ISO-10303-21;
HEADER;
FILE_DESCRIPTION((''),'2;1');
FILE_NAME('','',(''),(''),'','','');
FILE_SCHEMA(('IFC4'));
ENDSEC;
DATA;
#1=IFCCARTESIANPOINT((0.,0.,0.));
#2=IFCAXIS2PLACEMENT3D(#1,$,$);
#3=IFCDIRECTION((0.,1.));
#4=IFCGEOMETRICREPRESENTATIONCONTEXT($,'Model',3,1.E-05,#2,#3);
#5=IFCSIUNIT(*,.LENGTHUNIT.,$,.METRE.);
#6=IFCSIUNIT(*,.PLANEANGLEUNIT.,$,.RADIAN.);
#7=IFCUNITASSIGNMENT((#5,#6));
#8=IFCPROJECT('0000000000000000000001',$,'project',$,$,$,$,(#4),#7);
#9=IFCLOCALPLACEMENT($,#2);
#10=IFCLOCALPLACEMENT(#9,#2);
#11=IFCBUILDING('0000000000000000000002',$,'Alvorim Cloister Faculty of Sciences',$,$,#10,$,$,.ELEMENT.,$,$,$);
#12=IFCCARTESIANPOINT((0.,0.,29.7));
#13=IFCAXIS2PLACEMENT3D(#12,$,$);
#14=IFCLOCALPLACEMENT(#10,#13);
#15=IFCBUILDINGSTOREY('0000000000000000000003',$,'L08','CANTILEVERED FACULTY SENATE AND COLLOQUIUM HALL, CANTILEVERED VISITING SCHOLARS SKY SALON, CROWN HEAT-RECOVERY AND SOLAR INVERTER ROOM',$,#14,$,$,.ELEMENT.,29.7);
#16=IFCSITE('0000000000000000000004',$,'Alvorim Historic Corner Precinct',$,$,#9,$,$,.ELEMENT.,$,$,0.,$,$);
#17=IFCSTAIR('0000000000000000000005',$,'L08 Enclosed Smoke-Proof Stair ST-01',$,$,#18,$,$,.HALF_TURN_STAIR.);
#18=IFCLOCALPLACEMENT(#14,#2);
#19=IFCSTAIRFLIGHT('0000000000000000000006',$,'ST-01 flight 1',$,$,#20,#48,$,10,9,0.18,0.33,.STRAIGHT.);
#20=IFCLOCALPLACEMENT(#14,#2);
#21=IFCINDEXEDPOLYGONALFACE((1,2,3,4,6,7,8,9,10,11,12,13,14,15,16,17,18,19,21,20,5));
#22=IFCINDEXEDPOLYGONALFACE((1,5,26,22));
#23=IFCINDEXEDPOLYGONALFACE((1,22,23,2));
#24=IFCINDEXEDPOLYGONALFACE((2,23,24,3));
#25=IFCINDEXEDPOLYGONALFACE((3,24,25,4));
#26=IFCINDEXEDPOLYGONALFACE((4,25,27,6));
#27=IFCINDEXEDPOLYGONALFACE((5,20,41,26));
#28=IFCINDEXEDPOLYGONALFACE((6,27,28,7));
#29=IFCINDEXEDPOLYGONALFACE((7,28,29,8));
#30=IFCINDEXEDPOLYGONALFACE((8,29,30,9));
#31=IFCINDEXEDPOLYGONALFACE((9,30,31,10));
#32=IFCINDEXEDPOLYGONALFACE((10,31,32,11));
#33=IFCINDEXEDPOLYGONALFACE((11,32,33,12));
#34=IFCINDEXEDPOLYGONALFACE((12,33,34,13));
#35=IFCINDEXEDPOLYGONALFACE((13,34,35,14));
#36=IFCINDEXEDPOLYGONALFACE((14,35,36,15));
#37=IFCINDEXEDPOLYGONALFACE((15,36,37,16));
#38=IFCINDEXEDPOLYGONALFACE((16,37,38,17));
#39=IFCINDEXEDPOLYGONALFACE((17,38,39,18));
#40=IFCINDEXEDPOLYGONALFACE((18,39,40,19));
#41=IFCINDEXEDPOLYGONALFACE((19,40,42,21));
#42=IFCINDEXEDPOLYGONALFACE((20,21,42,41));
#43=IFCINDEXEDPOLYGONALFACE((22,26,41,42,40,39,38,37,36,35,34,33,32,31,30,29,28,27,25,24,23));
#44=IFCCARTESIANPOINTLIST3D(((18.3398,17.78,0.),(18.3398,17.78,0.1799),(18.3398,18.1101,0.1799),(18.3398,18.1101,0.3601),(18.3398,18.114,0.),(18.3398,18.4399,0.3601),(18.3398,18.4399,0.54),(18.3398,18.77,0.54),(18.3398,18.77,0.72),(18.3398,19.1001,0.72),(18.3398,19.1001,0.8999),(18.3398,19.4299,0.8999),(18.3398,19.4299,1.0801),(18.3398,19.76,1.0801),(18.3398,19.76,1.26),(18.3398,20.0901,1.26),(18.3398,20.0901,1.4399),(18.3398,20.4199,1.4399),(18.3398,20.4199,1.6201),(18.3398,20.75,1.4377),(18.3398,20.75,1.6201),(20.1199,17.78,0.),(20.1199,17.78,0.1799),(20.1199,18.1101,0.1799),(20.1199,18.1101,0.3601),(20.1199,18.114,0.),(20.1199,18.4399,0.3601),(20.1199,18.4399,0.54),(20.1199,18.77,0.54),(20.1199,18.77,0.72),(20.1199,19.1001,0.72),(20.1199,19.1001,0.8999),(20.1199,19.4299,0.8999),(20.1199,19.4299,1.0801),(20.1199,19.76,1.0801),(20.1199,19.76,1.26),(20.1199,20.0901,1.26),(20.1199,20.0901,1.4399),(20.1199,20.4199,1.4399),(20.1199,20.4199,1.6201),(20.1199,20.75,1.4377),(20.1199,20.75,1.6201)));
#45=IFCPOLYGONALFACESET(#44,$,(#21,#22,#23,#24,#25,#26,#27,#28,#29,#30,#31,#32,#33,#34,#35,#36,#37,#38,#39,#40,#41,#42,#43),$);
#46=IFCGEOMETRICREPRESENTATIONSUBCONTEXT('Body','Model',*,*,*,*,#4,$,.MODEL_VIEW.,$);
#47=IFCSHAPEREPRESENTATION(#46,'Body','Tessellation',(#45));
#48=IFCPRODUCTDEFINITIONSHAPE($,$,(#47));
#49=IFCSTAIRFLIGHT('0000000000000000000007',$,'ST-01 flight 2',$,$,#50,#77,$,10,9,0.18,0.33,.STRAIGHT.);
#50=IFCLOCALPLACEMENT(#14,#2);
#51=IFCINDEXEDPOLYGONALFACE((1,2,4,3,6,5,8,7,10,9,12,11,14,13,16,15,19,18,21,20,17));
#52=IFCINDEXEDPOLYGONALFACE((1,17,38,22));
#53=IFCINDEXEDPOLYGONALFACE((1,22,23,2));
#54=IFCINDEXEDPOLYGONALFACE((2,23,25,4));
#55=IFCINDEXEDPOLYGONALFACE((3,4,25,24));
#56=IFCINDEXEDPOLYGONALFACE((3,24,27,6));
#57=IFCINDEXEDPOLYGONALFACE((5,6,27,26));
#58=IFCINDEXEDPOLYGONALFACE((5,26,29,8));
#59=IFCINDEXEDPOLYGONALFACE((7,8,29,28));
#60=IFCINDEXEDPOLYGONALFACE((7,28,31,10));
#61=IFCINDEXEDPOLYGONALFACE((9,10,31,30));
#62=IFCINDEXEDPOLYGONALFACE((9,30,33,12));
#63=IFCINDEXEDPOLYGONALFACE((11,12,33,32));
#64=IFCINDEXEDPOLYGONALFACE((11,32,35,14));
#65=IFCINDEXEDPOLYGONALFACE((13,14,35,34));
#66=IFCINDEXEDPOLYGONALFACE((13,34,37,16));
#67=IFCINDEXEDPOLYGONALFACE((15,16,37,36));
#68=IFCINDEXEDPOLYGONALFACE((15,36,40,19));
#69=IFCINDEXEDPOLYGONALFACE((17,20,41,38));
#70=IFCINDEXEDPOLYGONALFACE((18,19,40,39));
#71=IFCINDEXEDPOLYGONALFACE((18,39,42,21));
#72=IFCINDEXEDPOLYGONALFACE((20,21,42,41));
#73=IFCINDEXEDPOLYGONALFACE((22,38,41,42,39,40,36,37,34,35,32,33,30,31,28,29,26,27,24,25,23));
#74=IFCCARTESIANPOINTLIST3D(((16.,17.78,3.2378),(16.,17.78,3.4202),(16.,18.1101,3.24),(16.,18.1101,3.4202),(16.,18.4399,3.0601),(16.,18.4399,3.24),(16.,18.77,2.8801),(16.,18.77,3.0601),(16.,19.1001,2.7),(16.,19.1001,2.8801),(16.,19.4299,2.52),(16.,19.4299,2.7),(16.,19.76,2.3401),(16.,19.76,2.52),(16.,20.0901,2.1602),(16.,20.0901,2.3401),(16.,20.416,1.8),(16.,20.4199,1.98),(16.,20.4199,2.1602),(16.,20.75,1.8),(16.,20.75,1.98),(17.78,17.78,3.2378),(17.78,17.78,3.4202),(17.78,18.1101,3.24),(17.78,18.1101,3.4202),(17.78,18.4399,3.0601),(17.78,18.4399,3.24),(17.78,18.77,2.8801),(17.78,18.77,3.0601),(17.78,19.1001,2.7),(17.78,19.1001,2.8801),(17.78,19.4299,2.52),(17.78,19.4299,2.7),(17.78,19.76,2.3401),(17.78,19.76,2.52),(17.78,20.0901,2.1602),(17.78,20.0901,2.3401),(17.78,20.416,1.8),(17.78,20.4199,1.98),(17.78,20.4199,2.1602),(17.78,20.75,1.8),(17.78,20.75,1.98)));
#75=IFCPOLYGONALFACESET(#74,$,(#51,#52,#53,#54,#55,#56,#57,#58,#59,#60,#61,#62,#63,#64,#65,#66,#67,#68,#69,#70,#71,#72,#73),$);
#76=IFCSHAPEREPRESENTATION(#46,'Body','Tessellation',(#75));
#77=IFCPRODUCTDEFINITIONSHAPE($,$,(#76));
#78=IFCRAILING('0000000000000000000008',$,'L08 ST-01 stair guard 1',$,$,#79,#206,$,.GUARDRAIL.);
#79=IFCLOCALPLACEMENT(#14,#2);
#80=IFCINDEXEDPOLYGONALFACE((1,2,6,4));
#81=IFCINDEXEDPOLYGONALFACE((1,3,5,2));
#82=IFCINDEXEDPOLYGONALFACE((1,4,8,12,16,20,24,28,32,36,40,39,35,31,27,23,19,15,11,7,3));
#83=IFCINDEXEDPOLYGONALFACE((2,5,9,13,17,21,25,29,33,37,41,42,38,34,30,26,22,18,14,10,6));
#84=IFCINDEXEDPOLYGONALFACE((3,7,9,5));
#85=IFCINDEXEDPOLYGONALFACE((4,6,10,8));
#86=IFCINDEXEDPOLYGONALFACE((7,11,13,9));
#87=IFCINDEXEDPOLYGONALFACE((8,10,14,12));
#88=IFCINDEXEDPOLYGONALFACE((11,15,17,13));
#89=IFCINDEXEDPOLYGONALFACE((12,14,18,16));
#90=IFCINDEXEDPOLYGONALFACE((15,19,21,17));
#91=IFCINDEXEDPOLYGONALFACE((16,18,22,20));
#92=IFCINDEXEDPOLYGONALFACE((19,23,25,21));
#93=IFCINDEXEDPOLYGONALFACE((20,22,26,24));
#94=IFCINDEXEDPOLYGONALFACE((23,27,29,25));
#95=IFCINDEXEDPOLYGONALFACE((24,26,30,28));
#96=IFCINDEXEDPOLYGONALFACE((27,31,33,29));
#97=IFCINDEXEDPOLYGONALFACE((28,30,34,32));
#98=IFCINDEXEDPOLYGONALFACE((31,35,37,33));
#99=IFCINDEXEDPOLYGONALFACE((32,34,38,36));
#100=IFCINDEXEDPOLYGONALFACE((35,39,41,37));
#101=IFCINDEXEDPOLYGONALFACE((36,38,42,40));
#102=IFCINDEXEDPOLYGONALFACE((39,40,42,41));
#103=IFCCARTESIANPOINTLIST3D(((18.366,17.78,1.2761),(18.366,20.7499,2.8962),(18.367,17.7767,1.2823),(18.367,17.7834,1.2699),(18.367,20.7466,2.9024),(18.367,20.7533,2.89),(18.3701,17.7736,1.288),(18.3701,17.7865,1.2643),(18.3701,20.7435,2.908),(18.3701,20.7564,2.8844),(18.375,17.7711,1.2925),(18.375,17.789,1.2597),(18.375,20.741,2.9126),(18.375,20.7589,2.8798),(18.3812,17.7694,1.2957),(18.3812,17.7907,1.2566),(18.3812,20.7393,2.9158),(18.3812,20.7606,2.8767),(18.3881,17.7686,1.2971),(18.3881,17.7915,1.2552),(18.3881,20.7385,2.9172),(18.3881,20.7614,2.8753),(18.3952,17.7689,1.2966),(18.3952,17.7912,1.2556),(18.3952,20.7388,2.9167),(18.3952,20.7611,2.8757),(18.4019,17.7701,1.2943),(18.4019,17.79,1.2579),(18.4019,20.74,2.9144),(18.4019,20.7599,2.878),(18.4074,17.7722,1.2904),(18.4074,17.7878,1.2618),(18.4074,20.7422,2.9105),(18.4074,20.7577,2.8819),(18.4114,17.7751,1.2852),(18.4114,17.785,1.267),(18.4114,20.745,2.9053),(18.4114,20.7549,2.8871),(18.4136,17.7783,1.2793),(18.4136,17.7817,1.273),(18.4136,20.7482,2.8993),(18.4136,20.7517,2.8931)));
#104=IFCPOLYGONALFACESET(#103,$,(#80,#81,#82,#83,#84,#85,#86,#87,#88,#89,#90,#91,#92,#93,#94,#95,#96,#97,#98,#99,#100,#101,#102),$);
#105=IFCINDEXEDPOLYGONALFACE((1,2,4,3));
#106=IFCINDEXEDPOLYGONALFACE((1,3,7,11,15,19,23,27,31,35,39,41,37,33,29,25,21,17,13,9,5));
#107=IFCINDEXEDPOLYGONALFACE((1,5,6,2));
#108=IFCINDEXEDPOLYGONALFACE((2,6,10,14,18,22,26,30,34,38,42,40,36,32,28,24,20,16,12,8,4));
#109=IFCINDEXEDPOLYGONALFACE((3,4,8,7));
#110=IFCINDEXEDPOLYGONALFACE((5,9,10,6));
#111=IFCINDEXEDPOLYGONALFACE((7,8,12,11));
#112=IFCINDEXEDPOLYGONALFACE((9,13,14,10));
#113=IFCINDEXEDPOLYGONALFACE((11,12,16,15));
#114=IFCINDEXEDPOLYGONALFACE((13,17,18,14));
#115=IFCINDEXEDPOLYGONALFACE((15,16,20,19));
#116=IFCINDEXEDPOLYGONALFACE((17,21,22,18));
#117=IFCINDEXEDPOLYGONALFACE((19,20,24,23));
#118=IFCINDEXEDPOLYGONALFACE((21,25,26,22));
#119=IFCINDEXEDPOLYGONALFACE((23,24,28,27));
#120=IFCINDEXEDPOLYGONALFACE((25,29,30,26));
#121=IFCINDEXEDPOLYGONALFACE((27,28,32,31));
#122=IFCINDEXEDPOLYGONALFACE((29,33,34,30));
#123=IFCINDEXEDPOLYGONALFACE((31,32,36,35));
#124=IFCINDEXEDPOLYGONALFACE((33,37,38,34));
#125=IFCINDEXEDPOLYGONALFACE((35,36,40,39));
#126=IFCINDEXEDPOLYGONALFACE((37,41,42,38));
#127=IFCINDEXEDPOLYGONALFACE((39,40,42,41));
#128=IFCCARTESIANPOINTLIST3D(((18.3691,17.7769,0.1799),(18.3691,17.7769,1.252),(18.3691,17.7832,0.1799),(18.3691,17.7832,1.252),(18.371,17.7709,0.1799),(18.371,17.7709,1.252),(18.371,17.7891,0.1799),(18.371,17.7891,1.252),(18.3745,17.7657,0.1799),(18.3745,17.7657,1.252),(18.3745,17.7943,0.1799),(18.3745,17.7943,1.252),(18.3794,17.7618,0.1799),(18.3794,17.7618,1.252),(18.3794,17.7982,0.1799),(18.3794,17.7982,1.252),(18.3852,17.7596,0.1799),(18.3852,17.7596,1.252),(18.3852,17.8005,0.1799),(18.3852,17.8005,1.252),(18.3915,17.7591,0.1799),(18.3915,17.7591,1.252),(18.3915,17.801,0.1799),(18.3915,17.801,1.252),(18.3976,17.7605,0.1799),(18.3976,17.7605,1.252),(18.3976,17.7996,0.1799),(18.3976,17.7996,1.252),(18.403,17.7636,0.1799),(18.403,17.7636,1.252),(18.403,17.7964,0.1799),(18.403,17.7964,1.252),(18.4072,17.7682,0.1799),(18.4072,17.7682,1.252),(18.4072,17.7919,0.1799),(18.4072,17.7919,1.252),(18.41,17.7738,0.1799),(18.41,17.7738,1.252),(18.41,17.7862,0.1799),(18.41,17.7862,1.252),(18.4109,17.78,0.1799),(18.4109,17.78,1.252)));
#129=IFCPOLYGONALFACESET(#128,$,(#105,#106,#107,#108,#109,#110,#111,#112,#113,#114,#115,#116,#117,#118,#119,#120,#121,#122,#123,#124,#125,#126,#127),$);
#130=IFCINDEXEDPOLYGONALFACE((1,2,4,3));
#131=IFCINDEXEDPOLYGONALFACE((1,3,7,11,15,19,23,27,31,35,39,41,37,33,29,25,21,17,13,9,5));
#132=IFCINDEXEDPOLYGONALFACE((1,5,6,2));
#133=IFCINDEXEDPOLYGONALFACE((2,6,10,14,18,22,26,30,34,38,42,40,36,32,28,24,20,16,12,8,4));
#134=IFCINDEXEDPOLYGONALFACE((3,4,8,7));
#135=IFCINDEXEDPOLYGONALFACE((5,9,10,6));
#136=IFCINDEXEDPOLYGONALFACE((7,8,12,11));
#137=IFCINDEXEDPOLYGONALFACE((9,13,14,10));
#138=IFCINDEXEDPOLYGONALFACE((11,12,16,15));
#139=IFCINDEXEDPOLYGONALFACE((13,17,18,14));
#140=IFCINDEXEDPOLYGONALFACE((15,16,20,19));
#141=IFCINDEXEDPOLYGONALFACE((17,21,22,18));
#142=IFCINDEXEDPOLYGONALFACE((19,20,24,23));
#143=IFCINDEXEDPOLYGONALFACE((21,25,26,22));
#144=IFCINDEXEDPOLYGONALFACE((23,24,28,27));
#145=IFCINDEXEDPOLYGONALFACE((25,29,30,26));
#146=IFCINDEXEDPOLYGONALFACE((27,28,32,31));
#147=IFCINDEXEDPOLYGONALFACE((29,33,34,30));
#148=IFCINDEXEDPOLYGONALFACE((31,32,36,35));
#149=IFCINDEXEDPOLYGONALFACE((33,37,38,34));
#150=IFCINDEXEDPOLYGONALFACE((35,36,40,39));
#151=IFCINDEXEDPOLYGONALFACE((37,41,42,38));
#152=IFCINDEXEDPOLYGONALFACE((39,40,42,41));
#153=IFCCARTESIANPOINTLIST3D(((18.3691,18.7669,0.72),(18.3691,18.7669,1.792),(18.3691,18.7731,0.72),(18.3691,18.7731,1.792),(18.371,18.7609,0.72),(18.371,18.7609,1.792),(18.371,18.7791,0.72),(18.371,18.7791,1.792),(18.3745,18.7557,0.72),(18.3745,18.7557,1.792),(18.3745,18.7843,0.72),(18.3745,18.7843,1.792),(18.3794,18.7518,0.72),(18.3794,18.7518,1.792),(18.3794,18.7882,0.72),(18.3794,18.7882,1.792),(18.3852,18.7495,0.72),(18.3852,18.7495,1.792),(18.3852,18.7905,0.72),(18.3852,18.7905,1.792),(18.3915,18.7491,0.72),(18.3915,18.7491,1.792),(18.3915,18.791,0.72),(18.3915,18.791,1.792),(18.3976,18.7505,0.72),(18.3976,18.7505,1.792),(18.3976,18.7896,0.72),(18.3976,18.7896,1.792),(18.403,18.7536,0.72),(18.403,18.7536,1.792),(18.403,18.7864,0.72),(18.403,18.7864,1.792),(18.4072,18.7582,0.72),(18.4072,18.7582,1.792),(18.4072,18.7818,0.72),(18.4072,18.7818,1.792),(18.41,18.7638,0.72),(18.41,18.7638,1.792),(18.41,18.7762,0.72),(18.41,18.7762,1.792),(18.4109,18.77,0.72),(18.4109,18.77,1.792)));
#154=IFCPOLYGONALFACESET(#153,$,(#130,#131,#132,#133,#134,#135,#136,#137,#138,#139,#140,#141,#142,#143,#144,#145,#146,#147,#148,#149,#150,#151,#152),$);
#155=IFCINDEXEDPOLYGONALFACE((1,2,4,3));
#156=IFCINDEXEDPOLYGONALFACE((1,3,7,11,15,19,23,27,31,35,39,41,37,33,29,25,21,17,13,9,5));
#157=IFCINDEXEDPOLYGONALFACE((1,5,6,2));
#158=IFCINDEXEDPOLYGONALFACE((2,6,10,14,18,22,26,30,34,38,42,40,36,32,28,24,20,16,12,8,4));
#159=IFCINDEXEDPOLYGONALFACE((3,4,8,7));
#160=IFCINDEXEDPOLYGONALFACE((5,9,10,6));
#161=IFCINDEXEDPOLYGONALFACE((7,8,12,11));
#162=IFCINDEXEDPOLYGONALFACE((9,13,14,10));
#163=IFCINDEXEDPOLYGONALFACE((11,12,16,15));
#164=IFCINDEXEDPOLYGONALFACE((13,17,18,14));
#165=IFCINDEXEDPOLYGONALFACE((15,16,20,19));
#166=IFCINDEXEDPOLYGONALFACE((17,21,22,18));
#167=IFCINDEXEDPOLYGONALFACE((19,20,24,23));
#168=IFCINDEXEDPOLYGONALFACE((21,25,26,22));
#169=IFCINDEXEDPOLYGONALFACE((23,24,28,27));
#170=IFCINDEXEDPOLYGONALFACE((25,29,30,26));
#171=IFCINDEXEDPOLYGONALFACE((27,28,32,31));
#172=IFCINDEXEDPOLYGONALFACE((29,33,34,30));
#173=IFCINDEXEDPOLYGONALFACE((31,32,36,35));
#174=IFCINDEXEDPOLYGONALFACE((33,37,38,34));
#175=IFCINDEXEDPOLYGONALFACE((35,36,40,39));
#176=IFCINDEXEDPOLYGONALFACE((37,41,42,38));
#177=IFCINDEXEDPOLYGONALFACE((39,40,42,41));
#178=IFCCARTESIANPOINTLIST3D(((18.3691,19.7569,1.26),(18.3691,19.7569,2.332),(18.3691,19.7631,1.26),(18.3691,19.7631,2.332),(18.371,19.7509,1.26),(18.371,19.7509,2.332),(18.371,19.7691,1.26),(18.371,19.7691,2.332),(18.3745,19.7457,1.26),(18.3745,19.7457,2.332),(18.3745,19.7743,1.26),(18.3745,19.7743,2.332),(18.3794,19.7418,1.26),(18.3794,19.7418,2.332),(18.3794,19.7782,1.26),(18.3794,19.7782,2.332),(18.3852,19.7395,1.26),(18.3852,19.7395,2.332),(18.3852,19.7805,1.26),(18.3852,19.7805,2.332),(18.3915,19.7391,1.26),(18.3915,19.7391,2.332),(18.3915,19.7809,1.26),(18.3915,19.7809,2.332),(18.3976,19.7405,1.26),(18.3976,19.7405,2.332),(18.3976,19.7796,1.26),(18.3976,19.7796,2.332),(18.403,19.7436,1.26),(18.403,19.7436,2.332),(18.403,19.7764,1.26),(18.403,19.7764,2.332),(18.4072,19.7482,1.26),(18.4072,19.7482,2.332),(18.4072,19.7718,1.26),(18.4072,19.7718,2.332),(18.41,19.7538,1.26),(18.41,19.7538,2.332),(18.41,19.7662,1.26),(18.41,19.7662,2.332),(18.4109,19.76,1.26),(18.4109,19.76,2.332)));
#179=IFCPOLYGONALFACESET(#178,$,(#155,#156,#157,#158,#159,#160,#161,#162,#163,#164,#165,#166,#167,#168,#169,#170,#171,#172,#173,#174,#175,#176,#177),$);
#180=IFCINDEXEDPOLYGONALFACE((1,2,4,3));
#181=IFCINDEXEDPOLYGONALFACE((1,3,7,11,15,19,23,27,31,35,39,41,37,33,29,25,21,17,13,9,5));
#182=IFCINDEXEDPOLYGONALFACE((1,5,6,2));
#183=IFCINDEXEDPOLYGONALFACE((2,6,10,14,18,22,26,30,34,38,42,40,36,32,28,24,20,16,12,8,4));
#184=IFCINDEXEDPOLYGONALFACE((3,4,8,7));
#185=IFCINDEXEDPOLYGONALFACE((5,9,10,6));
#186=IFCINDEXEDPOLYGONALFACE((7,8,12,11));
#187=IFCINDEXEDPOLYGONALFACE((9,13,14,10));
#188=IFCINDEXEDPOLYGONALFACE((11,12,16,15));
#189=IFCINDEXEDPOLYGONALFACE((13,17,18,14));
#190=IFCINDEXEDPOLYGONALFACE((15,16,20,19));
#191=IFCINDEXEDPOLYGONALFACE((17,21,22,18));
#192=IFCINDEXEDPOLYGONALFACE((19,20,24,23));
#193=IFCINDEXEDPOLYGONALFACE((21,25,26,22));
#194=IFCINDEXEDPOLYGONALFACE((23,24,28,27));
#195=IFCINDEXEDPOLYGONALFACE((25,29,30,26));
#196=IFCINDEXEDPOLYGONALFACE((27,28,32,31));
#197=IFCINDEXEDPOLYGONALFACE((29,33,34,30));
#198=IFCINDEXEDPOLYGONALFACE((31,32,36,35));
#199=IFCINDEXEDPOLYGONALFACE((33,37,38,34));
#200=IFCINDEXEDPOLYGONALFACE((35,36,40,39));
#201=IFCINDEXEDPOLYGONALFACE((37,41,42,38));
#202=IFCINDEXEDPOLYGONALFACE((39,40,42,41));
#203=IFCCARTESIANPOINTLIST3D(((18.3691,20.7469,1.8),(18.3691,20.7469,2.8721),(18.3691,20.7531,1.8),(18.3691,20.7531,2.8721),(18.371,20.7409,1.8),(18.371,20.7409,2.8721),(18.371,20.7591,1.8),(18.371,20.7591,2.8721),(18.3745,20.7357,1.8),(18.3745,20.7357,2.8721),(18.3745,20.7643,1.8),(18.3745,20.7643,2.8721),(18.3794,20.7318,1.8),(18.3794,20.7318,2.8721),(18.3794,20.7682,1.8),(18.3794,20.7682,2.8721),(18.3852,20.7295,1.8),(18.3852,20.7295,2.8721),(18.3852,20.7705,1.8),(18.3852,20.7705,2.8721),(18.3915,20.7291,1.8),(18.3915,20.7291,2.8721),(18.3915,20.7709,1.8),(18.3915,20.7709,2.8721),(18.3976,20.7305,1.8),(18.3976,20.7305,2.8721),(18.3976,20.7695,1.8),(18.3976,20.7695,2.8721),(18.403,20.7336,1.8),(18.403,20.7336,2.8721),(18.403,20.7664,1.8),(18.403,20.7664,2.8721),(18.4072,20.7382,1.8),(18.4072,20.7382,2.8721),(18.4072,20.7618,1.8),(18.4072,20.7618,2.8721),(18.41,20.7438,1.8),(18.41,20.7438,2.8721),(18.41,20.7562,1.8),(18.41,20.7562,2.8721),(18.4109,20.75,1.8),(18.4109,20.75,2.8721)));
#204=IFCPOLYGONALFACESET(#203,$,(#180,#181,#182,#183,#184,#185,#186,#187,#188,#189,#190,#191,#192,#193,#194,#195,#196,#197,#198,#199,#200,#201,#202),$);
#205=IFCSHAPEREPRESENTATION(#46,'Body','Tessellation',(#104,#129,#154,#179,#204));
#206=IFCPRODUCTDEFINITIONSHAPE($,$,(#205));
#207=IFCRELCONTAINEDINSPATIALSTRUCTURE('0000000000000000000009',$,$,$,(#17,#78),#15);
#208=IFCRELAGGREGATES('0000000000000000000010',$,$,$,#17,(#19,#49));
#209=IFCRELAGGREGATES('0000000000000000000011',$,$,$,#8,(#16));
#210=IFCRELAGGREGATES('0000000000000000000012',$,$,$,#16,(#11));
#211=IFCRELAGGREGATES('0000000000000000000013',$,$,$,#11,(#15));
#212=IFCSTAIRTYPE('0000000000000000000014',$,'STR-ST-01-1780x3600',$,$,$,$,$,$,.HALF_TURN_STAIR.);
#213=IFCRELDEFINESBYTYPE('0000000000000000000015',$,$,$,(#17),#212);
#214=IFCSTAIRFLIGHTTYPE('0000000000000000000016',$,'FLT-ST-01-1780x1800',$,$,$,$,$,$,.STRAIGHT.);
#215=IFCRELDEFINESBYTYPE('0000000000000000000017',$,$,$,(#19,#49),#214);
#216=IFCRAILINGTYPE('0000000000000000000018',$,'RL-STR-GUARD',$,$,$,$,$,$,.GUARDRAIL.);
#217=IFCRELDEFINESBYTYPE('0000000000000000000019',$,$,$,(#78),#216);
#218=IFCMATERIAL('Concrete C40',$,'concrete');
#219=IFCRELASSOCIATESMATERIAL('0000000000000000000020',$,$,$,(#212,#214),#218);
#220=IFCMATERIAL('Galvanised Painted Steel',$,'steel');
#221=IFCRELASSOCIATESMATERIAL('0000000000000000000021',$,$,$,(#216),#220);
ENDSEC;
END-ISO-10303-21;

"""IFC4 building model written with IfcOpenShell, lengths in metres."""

from ifc_helpers import new_model, si_unit, direction, frame, origin, origin_2d, place, context, subcontext, project, spatial, polyline, circle, outline, extrude, material, type_object, element, aggregate, save


model = new_model("IFC4")

# Units and contexts
model_context = context("Model", 3, precision=1e-05, world=origin(), true_north=direction((0.0, 1.0)))
body_context = subcontext(model_context, "Body", "Model", "MODEL_VIEW")
ifc_project = project(units=[si_unit("LENGTHUNIT", "METRE"), si_unit("PLANEANGLEUNIT", "RADIAN")], contexts=[model_context])

# Site, building, storey
site_placement = place(None, origin())
site = spatial("IfcSite", under=ifc_project, at=site_placement, Name="Alvorim Historic Corner Precinct", CompositionType="ELEMENT", RefElevation=0.0)
building_placement = place(site_placement, origin())
building = spatial("IfcBuilding", under=site, at=building_placement, Name="Alvorim Cloister Faculty of Sciences", CompositionType="ELEMENT")
storey_placement = place(building_placement, frame((0.0, 0.0, 29.7)))
storey = spatial("IfcBuildingStorey", under=building, at=storey_placement, Name="L08", Description="CANTILEVERED FACULTY SENATE AND COLLOQUIUM HALL, CANTILEVERED VISITING SCHOLARS SKY SALON, CROWN HEAT-RECOVERY AND SOLAR INVERTER ROOM", CompositionType="ELEMENT", Elevation=29.7)

# Shared definitions
ifc_material_1 = material(Name="Concrete C40", Category="concrete")

# Stair, stair flights
stair_type = type_object("IfcStairType", Name="STR-ST-01-1780x3600", PredefinedType="HALF_TURN_STAIR", material=ifc_material_1)
stair_placement = place(storey_placement, origin())
stair = element("IfcStair", 1, at=stair_placement, inside=storey, type_object=stair_type, Name="L08 Enclosed Smoke-Proof Stair ST-01", PredefinedType="HALF_TURN_STAIR")
stair_flight_type = type_object("IfcStairFlightType", Name="FLT-ST-01-1780x1800", PredefinedType="STRAIGHT", material=ifc_material_1)
stair_flight_1_placement = place(storey_placement, frame((19.23, 17.78, 0.0), z_axis=(0.0, 0.0, 1.0), x_axis=(0.0, 1.0, 0.0)))
stair_flight_1 = element("IfcStairFlight", 2, at=stair_flight_1_placement, type_object=stair_flight_type, Name="ST-01 flight 1", NumberOfRisers=10, NumberOfTreads=9, PredefinedType="STRAIGHT", RiserHeight=0.18, TreadLength=0.33, context=body_context, shape_type="SweptSolid", body=[
    extrude(outline(polyline([(0.334, 0.0), (2.97, 1.4377), (2.97, 1.8), (2.97, 1.6201), (2.6399, 1.6201), (2.6399, 1.4399), (2.3101, 1.4399), (2.3101, 1.26), (1.98, 1.26), (1.98, 1.0801), (1.6499, 1.0801), (1.6499, 0.8999), (1.3201, 0.8999), (1.3201, 0.72), (0.99, 0.72), (0.99, 0.54), (0.6599, 0.54), (0.6599, 0.3601), (0.3301, 0.3601), (0.3301, 0.1799), (0.0, 0.1799), (0.0, 0.0), (0.334, 0.0)])), frame((0.0, 0.8901, 0.0), z_axis=(0.0, -1.0, 0.0), x_axis=(1.0, 0.0, 0.0)), (0.0, 0.0, 1.0), 1.78),
])
stair_flight_2_placement = place(storey_placement, frame((16.8899, 20.75, 1.8), z_axis=(0.0, 0.0, 1.0), x_axis=(0.0, -1.0, 0.0)))
stair_flight_2 = element("IfcStairFlight", 3, at=stair_flight_2_placement, type_object=stair_flight_type, Name="ST-01 flight 2", NumberOfRisers=10, NumberOfTreads=9, PredefinedType="STRAIGHT", RiserHeight=0.18, TreadLength=0.33, context=body_context, shape_type="SweptSolid", body=[
    extrude(outline(polyline([(0.334, 0.0), (2.97, 1.4377), (2.97, 1.8), (2.97, 1.6201), (2.6399, 1.6201), (2.6399, 1.4399), (2.3101, 1.4399), (2.3101, 1.26), (1.98, 1.26), (1.98, 1.0801), (1.6499, 1.0801), (1.6499, 0.8999), (1.3201, 0.8999), (1.3201, 0.72), (0.99, 0.72), (0.99, 0.54), (0.6599, 0.54), (0.6599, 0.3601), (0.3301, 0.3601), (0.3301, 0.1799), (0.0, 0.1799), (0.0, 0.0), (0.334, 0.0)])), frame((0.0, 0.8901, 0.0), z_axis=(0.0, -1.0, 0.0), x_axis=(1.0, 0.0, 0.0)), (0.0, 0.0, 1.0), 1.78),
])
aggregate(stair, [stair_flight_1, stair_flight_2])

# Railing
ifc_material_2 = material(Name="Galvanised Painted Steel", Category="steel")
railing_type_1 = type_object("IfcRailingType", Name="RL-STR-GUARD", PredefinedType="GUARDRAIL", material=ifc_material_2)
railing_1_placement = place(storey_placement, frame((18.3899, 17.78, 0.1799)))
element("IfcRailing", 4, at=railing_1_placement, inside=storey, type_object=railing_type_1, Name="L08 ST-01 stair guard 1", PredefinedType="GUARDRAIL", context=body_context, shape_type="SweptSolid", body=[
    extrude(circle(Radius=0.0239, at=origin_2d()), frame((0.0, 0.0, 1.0962), z_axis=(0.0, 0.877879, 0.478882), x_axis=(-1.0, 0.0, 0.0)), (0.0, 0.0, 1.0), 3.3831),
    extrude(circle(Radius=0.021, at=origin_2d()), origin(), (0.0, 0.0, 1.0), 1.072),
    extrude(circle(Radius=0.021, at=origin_2d()), frame((0.0, 0.99, 0.54)), (0.0, 0.0, 1.0), 1.072),
    extrude(circle(Radius=0.021, at=origin_2d()), frame((0.0, 1.98, 1.0801)), (0.0, 0.0, 1.0), 1.072),
    extrude(circle(Radius=0.021, at=origin_2d()), frame((0.0, 2.97, 1.6201)), (0.0, 0.0, 1.0), 1.072),
])

save(model, "model.ifc")
